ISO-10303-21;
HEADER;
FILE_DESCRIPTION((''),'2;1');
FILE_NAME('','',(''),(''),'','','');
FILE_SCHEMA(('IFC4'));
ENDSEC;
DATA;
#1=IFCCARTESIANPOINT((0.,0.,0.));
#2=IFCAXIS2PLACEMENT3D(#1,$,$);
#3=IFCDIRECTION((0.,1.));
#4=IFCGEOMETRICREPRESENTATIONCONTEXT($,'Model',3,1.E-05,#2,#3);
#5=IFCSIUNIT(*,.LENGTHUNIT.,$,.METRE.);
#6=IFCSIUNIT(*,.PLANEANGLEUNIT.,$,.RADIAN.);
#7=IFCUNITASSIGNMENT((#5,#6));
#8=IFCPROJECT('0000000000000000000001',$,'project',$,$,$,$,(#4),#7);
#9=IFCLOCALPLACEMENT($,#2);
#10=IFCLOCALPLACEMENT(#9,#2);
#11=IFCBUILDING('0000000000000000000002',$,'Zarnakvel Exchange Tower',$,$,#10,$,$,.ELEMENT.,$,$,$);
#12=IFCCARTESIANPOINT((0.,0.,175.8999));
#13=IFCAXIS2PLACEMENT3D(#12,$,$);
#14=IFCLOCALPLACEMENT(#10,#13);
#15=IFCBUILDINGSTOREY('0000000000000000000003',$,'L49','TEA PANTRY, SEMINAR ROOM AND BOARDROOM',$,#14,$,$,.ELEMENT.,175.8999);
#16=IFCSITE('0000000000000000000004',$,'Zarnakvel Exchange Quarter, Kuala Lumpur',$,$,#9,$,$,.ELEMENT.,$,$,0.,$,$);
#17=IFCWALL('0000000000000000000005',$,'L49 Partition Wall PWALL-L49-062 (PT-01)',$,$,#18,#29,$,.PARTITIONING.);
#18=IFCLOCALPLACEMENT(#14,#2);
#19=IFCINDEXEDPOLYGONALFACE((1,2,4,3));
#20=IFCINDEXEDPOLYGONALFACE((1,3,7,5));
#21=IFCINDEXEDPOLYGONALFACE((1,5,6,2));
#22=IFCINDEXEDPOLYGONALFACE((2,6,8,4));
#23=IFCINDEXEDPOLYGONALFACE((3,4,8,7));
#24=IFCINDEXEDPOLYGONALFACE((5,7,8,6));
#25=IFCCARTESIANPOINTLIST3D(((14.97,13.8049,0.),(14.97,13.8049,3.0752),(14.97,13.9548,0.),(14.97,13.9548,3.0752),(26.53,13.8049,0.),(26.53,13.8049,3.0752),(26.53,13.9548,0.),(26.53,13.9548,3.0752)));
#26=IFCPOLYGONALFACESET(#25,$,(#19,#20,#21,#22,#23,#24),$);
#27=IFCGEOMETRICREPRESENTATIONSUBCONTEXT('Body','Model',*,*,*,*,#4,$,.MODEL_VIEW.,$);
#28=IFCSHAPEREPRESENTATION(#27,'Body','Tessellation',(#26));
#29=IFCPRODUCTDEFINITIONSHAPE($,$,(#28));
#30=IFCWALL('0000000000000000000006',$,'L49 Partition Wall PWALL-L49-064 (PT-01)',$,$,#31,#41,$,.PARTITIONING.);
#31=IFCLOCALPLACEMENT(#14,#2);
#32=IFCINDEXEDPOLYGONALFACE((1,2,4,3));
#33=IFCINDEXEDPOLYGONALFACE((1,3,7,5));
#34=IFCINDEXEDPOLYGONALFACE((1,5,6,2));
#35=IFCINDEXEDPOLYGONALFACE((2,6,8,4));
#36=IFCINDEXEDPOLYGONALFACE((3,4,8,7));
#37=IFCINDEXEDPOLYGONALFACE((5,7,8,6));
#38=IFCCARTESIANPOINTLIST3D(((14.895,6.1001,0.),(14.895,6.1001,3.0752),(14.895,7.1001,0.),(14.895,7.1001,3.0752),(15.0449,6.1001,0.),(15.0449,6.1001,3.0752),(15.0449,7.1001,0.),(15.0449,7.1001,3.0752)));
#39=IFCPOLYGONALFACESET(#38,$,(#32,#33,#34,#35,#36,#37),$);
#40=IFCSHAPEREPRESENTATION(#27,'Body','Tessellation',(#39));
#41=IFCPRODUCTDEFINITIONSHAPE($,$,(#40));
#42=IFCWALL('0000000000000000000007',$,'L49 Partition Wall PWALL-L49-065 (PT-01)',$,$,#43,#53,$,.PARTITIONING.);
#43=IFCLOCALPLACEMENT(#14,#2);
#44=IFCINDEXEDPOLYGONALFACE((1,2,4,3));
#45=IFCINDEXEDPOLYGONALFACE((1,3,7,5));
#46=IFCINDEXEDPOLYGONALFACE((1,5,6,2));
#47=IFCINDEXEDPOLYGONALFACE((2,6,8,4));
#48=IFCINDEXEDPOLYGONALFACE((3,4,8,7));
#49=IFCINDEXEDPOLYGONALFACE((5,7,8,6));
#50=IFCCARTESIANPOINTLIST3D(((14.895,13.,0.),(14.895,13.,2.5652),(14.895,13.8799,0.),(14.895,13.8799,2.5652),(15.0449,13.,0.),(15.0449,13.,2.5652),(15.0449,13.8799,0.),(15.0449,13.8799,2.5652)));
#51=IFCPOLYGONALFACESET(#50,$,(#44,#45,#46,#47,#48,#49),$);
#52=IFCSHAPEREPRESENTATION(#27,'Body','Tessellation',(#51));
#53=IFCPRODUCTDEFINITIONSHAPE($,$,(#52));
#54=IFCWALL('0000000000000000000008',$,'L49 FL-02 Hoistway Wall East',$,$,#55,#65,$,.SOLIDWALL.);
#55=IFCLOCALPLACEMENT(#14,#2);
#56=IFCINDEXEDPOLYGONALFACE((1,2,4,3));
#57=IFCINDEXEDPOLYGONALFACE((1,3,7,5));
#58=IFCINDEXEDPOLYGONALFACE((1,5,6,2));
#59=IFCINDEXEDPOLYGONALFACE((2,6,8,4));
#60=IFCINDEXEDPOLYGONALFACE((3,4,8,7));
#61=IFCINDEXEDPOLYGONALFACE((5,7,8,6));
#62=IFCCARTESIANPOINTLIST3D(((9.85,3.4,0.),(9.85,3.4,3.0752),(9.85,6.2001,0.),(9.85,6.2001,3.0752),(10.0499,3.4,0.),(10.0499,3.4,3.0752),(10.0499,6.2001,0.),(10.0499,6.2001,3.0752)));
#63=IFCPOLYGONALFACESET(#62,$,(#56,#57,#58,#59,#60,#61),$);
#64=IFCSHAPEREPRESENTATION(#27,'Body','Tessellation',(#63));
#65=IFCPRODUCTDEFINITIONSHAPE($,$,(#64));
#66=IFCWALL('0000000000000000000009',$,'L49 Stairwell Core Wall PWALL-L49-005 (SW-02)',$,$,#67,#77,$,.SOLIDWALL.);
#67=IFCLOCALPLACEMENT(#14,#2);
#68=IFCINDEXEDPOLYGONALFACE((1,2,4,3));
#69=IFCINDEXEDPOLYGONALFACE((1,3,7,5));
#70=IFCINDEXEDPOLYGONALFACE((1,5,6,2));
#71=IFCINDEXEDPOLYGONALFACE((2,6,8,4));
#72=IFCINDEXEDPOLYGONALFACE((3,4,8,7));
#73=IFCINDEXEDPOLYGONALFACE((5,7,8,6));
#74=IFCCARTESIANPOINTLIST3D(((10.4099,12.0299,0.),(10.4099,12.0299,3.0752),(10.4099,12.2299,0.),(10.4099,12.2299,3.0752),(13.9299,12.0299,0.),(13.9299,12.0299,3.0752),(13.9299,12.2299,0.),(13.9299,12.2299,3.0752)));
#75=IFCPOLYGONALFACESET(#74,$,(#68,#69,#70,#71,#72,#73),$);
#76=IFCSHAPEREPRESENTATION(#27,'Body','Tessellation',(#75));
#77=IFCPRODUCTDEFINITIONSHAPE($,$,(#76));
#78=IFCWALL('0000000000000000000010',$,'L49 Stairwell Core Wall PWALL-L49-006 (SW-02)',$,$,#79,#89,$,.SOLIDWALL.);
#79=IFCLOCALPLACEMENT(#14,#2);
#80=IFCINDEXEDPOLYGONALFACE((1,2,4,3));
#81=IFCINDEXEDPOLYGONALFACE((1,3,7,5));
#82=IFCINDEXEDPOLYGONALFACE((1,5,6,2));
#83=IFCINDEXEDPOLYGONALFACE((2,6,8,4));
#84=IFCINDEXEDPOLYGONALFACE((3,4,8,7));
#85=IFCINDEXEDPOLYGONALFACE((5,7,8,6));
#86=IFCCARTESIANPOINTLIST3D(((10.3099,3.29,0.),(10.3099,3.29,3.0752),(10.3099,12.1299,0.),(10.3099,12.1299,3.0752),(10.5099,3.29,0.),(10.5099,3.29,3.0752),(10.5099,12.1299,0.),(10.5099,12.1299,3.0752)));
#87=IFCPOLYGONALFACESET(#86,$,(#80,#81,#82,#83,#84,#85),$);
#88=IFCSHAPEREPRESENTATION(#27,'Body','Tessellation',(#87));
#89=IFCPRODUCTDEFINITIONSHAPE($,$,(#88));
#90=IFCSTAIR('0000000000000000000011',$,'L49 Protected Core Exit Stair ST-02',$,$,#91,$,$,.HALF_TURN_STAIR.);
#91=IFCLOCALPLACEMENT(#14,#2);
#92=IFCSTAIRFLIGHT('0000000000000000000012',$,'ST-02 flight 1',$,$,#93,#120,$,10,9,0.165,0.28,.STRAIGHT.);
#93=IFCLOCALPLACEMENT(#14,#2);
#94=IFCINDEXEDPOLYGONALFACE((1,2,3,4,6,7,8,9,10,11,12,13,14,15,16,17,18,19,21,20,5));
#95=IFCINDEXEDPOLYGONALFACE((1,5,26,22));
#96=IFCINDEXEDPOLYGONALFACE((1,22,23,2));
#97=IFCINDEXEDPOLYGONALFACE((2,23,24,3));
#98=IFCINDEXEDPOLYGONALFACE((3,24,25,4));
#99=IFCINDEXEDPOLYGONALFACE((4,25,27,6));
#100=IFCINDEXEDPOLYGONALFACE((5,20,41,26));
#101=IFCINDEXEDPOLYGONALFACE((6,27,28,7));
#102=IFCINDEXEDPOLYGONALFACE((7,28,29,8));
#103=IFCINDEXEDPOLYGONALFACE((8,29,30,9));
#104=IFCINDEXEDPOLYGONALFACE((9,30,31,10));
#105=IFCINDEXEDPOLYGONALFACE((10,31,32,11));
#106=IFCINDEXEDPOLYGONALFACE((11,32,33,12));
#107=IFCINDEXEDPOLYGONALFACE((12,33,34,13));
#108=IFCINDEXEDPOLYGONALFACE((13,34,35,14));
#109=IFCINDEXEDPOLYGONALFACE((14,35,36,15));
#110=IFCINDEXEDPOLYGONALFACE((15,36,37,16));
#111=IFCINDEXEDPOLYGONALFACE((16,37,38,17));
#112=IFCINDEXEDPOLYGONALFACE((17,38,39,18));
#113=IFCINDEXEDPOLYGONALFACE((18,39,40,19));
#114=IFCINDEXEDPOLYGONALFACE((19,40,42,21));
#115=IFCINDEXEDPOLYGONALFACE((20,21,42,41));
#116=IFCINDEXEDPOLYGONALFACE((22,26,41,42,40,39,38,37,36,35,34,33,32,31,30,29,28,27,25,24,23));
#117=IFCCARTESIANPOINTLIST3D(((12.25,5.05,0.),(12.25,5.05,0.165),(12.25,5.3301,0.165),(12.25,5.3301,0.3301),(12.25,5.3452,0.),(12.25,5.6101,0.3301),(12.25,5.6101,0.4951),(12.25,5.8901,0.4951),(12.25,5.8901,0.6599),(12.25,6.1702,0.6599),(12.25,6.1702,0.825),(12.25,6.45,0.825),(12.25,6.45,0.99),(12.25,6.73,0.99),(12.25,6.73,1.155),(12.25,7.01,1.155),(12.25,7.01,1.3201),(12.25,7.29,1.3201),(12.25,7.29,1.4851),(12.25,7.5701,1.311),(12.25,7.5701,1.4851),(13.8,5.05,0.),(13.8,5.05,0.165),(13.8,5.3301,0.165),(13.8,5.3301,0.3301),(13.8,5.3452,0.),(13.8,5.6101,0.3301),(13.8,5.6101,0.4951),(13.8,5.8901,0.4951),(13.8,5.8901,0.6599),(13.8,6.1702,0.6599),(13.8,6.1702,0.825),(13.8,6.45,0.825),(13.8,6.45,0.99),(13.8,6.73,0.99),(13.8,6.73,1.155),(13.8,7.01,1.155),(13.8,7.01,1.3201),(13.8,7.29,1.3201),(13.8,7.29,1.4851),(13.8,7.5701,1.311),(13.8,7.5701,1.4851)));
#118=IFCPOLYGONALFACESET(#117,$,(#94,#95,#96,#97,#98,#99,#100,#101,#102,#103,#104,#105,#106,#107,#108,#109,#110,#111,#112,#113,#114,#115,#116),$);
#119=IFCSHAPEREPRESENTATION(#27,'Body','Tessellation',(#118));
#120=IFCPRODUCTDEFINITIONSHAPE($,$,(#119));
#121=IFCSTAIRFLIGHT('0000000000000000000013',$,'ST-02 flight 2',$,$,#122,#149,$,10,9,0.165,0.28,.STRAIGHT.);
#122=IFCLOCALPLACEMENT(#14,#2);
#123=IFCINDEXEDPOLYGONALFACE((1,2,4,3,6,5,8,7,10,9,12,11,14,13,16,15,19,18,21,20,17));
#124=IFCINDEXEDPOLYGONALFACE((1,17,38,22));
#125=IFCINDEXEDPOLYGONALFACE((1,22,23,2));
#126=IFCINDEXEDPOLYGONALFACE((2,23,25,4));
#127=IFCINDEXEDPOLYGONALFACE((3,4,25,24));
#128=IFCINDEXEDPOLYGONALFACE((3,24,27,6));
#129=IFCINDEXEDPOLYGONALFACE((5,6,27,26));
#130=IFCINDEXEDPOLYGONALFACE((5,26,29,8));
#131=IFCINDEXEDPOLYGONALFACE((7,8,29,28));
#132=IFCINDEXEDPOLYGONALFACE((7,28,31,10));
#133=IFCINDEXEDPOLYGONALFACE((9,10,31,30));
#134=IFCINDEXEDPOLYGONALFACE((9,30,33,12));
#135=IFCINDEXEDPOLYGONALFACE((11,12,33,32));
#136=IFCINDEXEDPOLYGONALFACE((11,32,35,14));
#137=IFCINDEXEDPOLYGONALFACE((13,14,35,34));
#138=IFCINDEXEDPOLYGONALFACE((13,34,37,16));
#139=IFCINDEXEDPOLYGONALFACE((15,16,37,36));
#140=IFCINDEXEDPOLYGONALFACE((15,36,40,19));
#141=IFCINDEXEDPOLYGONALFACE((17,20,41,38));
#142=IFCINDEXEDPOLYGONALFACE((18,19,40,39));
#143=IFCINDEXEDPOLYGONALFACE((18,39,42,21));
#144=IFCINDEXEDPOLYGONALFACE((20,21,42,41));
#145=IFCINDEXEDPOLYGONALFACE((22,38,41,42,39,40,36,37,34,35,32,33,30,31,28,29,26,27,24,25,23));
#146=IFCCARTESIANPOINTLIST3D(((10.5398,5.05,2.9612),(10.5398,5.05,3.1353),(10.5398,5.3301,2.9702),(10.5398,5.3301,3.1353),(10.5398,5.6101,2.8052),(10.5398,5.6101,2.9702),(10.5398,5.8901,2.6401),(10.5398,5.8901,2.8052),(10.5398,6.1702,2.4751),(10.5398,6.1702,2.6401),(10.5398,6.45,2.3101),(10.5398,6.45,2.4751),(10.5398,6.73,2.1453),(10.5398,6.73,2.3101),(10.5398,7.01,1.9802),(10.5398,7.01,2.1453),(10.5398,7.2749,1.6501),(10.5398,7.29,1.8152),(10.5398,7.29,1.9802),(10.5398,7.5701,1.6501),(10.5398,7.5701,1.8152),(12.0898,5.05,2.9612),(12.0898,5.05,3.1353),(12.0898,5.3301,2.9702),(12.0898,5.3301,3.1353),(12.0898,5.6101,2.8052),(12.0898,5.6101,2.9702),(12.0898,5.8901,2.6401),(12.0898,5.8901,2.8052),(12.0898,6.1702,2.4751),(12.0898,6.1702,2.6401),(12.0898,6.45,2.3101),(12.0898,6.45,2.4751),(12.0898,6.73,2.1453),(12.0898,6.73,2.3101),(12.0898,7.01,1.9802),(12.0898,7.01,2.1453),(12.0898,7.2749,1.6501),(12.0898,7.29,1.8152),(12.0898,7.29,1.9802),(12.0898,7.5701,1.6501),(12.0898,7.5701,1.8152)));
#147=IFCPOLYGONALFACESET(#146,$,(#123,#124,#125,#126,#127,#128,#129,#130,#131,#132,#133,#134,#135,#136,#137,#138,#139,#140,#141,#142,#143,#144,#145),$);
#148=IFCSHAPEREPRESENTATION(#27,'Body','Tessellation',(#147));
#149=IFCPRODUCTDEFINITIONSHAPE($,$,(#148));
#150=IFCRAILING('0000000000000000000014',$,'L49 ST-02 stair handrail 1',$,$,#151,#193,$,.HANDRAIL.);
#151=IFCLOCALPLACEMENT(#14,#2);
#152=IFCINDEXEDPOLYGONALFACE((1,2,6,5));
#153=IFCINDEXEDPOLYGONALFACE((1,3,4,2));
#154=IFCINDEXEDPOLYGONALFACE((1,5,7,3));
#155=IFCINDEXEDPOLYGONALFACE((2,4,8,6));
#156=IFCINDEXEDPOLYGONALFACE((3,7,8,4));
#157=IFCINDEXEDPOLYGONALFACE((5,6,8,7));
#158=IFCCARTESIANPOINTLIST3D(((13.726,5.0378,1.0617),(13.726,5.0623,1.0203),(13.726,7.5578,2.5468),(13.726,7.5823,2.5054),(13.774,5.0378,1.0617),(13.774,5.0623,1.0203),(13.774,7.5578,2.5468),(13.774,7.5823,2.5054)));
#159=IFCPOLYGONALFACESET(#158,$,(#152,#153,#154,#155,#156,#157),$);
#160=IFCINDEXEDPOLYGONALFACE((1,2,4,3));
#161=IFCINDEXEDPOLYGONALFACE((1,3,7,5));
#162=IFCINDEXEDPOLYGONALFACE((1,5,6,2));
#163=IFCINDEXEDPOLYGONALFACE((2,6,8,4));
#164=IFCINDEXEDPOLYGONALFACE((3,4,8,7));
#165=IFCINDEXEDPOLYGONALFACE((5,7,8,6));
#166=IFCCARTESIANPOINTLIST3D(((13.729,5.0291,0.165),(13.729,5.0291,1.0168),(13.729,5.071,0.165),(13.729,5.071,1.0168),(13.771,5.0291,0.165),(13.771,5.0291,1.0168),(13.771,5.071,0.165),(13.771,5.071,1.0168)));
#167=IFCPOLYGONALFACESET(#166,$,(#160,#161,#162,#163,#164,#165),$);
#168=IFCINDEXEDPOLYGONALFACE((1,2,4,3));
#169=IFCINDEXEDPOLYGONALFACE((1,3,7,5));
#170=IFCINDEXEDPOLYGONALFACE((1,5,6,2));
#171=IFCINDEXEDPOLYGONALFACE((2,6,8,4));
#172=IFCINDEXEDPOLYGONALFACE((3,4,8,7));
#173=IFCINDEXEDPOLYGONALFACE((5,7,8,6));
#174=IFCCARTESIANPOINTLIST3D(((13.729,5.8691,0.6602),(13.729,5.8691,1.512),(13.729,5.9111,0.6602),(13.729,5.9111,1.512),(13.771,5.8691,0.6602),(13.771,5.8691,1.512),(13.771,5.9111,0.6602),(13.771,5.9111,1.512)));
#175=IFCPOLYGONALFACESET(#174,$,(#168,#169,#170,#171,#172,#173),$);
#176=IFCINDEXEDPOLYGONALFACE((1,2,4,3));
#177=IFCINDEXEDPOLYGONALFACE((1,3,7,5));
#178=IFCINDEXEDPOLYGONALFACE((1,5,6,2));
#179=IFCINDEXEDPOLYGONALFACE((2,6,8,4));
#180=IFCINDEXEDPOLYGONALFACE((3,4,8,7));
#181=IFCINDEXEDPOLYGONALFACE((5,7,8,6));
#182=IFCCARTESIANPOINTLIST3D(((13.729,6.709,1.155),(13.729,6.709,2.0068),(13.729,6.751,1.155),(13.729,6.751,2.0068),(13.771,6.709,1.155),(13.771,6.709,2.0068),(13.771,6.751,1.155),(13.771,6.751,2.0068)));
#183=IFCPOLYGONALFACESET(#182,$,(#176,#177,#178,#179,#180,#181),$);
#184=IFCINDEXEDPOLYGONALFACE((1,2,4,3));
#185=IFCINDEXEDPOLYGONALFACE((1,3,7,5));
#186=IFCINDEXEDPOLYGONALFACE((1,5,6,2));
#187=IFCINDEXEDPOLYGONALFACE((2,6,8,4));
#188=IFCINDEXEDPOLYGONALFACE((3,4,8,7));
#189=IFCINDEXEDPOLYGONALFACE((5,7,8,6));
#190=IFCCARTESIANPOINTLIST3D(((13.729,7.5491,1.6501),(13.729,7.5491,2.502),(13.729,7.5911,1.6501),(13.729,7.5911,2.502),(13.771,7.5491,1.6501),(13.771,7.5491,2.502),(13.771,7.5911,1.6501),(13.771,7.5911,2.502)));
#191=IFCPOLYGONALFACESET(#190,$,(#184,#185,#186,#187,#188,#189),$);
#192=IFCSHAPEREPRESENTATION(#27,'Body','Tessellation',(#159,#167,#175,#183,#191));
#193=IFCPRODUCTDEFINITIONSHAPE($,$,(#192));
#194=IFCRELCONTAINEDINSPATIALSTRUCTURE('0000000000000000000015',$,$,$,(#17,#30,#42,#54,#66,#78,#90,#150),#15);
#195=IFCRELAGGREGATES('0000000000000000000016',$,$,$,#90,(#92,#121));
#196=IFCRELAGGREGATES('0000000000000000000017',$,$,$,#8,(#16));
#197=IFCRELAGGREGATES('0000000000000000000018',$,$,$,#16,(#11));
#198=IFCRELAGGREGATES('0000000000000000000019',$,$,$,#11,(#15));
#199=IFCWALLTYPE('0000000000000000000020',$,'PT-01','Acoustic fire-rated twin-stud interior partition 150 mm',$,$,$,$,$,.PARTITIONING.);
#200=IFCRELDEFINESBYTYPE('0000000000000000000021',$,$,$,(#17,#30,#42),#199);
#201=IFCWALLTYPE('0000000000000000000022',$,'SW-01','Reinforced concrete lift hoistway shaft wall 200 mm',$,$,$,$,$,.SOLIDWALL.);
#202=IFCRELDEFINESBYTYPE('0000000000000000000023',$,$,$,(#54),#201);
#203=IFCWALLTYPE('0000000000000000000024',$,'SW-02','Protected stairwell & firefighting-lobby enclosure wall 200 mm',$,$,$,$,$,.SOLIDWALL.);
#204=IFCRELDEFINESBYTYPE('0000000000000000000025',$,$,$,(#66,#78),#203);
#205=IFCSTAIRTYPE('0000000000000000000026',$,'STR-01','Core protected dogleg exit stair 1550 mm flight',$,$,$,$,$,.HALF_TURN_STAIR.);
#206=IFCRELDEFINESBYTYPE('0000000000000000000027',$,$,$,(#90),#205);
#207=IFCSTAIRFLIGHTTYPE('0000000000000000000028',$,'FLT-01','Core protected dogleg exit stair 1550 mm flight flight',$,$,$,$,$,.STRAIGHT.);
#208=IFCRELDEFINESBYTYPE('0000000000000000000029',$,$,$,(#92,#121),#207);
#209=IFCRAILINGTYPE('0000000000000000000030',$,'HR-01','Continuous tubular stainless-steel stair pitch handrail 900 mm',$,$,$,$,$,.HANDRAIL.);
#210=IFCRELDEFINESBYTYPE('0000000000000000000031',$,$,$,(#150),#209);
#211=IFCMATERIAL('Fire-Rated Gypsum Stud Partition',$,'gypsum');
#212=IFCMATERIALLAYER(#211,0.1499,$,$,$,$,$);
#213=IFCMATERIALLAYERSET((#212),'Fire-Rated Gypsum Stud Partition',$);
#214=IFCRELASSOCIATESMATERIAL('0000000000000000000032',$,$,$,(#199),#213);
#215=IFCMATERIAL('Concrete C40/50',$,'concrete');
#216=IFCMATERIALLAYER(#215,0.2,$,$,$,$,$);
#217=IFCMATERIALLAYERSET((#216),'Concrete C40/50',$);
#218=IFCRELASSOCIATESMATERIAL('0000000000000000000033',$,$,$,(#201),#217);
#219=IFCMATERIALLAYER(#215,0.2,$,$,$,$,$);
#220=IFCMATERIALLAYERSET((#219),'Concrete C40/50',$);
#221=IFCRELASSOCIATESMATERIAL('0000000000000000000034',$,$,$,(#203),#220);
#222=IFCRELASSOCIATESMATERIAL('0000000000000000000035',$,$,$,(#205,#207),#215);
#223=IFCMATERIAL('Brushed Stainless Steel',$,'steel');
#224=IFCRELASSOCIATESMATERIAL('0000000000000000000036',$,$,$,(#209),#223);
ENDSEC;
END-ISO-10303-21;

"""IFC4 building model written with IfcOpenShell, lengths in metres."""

from ifc_helpers import new_model, si_unit, direction, frame, frame_2d, origin, origin_2d, place, context, subcontext, project, spatial, polyline, rectangle, outline, extrude, material, layer, layer_set, type_object, element, aggregate, save


model = new_model("IFC4")

# Units and contexts
model_context = context("Model", 3, precision=1e-05, world=origin(), true_north=direction((0.0, 1.0)))
body_context = subcontext(model_context, "Body", "Model", "MODEL_VIEW")
ifc_project = project(units=[si_unit("LENGTHUNIT", "METRE"), si_unit("PLANEANGLEUNIT", "RADIAN")], contexts=[model_context])

# Site, building, storey
site_placement = place(None, origin())
site = spatial("IfcSite", under=ifc_project, at=site_placement, Name="Zarnakvel Exchange Quarter, Kuala Lumpur", CompositionType="ELEMENT", RefElevation=0.0)
building_placement = place(site_placement, origin())
building = spatial("IfcBuilding", under=site, at=building_placement, Name="Zarnakvel Exchange Tower", CompositionType="ELEMENT")
storey_placement = place(building_placement, frame((0.0, 0.0, 175.8999)))
storey = spatial("IfcBuildingStorey", under=building, at=storey_placement, Name="L49", Description="TEA PANTRY, SEMINAR ROOM AND BOARDROOM", CompositionType="ELEMENT", Elevation=175.8999)

# Walls
ifc_material_1 = material(Name="Fire-Rated Gypsum Stud Partition", Category="gypsum")
ifc_layer_1 = layer(ifc_material_1, 0.1499)
ifc_layer_set_1 = layer_set([ifc_layer_1], Name="Fire-Rated Gypsum Stud Partition")
wall_type_1 = type_object("IfcWallType", Name="PT-01", Description="Acoustic fire-rated twin-stud interior partition 150 mm", PredefinedType="PARTITIONING", material=ifc_layer_set_1)
wall_1_placement = place(storey_placement, frame((14.97, 13.8799, 0.0), z_axis=(0.0, 0.0, 1.0), x_axis=(1.0, 0.0, 0.0)))
element("IfcWall", 1, at=wall_1_placement, inside=storey, type_object=wall_type_1, Name="L49 Partition Wall PWALL-L49-062 (PT-01)", PredefinedType="PARTITIONING", context=body_context, shape_type="SweptSolid", body=[
    extrude(rectangle(XDim=11.5601, YDim=0.1499, at=frame_2d((5.78, 0.0))), origin(), (0.0, 0.0, 1.0), 3.0752),
])
wall_2_placement = place(storey_placement, frame((14.97, 6.1001, 0.0), z_axis=(0.0, 0.0, 1.0), x_axis=(0.0, 1.0, 0.0)))
element("IfcWall", 2, at=wall_2_placement, inside=storey, type_object=wall_type_1, Name="L49 Partition Wall PWALL-L49-064 (PT-01)", PredefinedType="PARTITIONING", context=body_context, shape_type="SweptSolid", body=[
    extrude(rectangle(XDim=1.0, YDim=0.1499, at=frame_2d((0.5, 0.0))), origin(), (0.0, 0.0, 1.0), 3.0752),
])
wall_3_placement = place(storey_placement, frame((14.97, 13.0, 0.0), z_axis=(0.0, 0.0, 1.0), x_axis=(0.0, 1.0, 0.0)))
element("IfcWall", 3, at=wall_3_placement, inside=storey, type_object=wall_type_1, Name="L49 Partition Wall PWALL-L49-065 (PT-01)", PredefinedType="PARTITIONING", context=body_context, shape_type="SweptSolid", body=[
    extrude(rectangle(XDim=0.8799, YDim=0.1499, at=frame_2d((0.4399, 0.0))), origin(), (0.0, 0.0, 1.0), 2.5652),
])
ifc_material_2 = material(Name="Concrete C40/50", Category="concrete")
ifc_layer_2 = layer(ifc_material_2, 0.2)
ifc_layer_set_2 = layer_set([ifc_layer_2], Name="Concrete C40/50")
wall_type_2 = type_object("IfcWallType", Name="SW-01", Description="Reinforced concrete lift hoistway shaft wall 200 mm", PredefinedType="SOLIDWALL", material=ifc_layer_set_2)
wall_4_placement = place(storey_placement, frame((9.95, 6.2, 0.0), z_axis=(0.0, 0.0, 1.0), x_axis=(0.0, -1.0, 0.0)))
element("IfcWall", 4, at=wall_4_placement, inside=storey, type_object=wall_type_2, Name="L49 FL-02 Hoistway Wall East", PredefinedType="SOLIDWALL", context=body_context, shape_type="SweptSolid", body=[
    extrude(rectangle(XDim=2.8, YDim=0.2, at=frame_2d((1.3999, 0.0))), origin(), (0.0, 0.0, 1.0), 3.0752),
])

# Shared definitions
ifc_layer_3 = layer(ifc_material_2, 0.2)
ifc_layer_set_3 = layer_set([ifc_layer_3], Name="Concrete C40/50")
wall_type_3 = type_object("IfcWallType", Name="SW-02", Description="Protected stairwell & firefighting-lobby enclosure wall 200 mm", PredefinedType="SOLIDWALL", material=ifc_layer_set_3)

# Walls
wall_5_placement = place(storey_placement, frame((10.4099, 12.1299, 0.0), z_axis=(0.0, 0.0, 1.0), x_axis=(1.0, 0.0, 0.0)))
element("IfcWall", 5, at=wall_5_placement, inside=storey, type_object=wall_type_3, Name="L49 Stairwell Core Wall PWALL-L49-005 (SW-02)", PredefinedType="SOLIDWALL", context=body_context, shape_type="SweptSolid", body=[
    extrude(rectangle(XDim=3.52, YDim=0.2, at=frame_2d((1.76, 0.0))), origin(), (0.0, 0.0, 1.0), 3.0752),
])
wall_6_placement = place(storey_placement, frame((10.4099, 3.29, 0.0), z_axis=(0.0, 0.0, 1.0), x_axis=(0.0, 1.0, 0.0)))
element("IfcWall", 6, at=wall_6_placement, inside=storey, type_object=wall_type_3, Name="L49 Stairwell Core Wall PWALL-L49-006 (SW-02)", PredefinedType="SOLIDWALL", context=body_context, shape_type="SweptSolid", body=[
    extrude(rectangle(XDim=8.8398, YDim=0.2, at=frame_2d((4.4199, 0.0))), origin(), (0.0, 0.0, 1.0), 3.0752),
])

# Stair, stair flights
stair_type = type_object("IfcStairType", Name="STR-01", Description="Core protected dogleg exit stair 1550 mm flight", PredefinedType="HALF_TURN_STAIR", material=ifc_material_2)
stair_placement = place(storey_placement, origin())
stair = element("IfcStair", 7, at=stair_placement, inside=storey, type_object=stair_type, Name="L49 Protected Core Exit Stair ST-02", PredefinedType="HALF_TURN_STAIR")
stair_flight_type = type_object("IfcStairFlightType", Name="FLT-01", Description="Core protected dogleg exit stair 1550 mm flight flight", PredefinedType="STRAIGHT", material=ifc_material_2)
stair_flight_1_placement = place(storey_placement, frame((13.0249, 5.05, 0.0), z_axis=(0.0, 0.0, 1.0), x_axis=(0.0, 1.0, 0.0)))
stair_flight_1 = element("IfcStairFlight", 8, at=stair_flight_1_placement, type_object=stair_flight_type, Name="ST-02 flight 1", NumberOfRisers=10, NumberOfTreads=9, PredefinedType="STRAIGHT", RiserHeight=0.165, TreadLength=0.28, context=body_context, shape_type="SweptSolid", body=[
    extrude(outline(polyline([(0.0, 0.0), (0.0, 0.165), (0.28, 0.165), (0.28, 0.3301), (0.5601, 0.3301), (0.5601, 0.4951), (0.8401, 0.4951), (0.8401, 0.6599), (1.1201, 0.6599), (1.1201, 0.825), (1.3999, 0.825), (1.3999, 0.99), (1.6799, 0.99), (1.6799, 1.155), (1.96, 1.155), (1.96, 1.3201), (2.24, 1.3201), (2.24, 1.4851), (2.52, 1.4851), (2.52, 1.6499), (2.52, 1.311), (0.2952, 0.0), (0.0, 0.0)])), frame((0.0, 0.7749, 0.0), z_axis=(0.0, -1.0, 0.0), x_axis=(1.0, 0.0, 0.0)), (0.0, 0.0, 1.0), 1.55),
])
stair_flight_2_placement = place(storey_placement, frame((11.3149, 7.5701, 1.6501), z_axis=(0.0, 0.0, 1.0), x_axis=(0.0, -1.0, 0.0)))
stair_flight_2 = element("IfcStairFlight", 9, at=stair_flight_2_placement, type_object=stair_flight_type, Name="ST-02 flight 2", NumberOfRisers=10, NumberOfTreads=9, PredefinedType="STRAIGHT", RiserHeight=0.165, TreadLength=0.28, context=body_context, shape_type="SweptSolid", body=[
    extrude(outline(polyline([(0.0, 0.0), (0.0, 0.165), (0.28, 0.165), (0.28, 0.3301), (0.5601, 0.3301), (0.5601, 0.4951), (0.8401, 0.4951), (0.8401, 0.6599), (1.1201, 0.6599), (1.1201, 0.825), (1.3999, 0.825), (1.3999, 0.99), (1.6799, 0.99), (1.6799, 1.155), (1.96, 1.155), (1.96, 1.3201), (2.24, 1.3201), (2.24, 1.4851), (2.52, 1.4851), (2.52, 1.6499), (2.52, 1.311), (0.2952, 0.0), (0.0, 0.0)])), frame((0.0, 0.7749, 0.0), z_axis=(0.0, -1.0, 0.0), x_axis=(1.0, 0.0, 0.0)), (0.0, 0.0, 1.0), 1.55),
])
aggregate(stair, [stair_flight_1, stair_flight_2])

# Railing
ifc_material_3 = material(Name="Brushed Stainless Steel", Category="steel")
railing_type_1 = type_object("IfcRailingType", Name="HR-01", Description="Continuous tubular stainless-steel stair pitch handrail 900 mm", PredefinedType="HANDRAIL", material=ifc_material_3)
railing_1_placement = place(storey_placement, frame((13.75, 5.05, 0.165)))
element("IfcRailing", 10, at=railing_1_placement, inside=storey, type_object=railing_type_1, Name="L49 ST-02 stair handrail 1", PredefinedType="HANDRAIL", context=body_context, shape_type="SweptSolid", body=[
    extrude(rectangle(XDim=0.0481, YDim=0.0481, at=origin_2d()), frame((0.0, 0.0, 0.876), z_axis=(0.0, 0.861524, 0.507717), x_axis=(-1.0, 0.0, 0.0)), (0.0, 0.0, 1.0), 2.925),
    extrude(rectangle(XDim=0.042, YDim=0.042, at=origin_2d()), origin(), (0.0, 0.0, 1.0), 0.8518),
    extrude(rectangle(XDim=0.042, YDim=0.042, at=origin_2d()), frame((0.0, 0.8401, 0.4951)), (0.0, 0.0, 1.0), 0.8518),
    extrude(rectangle(XDim=0.042, YDim=0.042, at=origin_2d()), frame((0.0, 1.6799, 0.99)), (0.0, 0.0, 1.0), 0.8518),
    extrude(rectangle(XDim=0.042, YDim=0.042, at=origin_2d()), frame((0.0, 2.52, 1.4851)), (0.0, 0.0, 1.0), 0.8518),
])

save(model, "model.ifc")
